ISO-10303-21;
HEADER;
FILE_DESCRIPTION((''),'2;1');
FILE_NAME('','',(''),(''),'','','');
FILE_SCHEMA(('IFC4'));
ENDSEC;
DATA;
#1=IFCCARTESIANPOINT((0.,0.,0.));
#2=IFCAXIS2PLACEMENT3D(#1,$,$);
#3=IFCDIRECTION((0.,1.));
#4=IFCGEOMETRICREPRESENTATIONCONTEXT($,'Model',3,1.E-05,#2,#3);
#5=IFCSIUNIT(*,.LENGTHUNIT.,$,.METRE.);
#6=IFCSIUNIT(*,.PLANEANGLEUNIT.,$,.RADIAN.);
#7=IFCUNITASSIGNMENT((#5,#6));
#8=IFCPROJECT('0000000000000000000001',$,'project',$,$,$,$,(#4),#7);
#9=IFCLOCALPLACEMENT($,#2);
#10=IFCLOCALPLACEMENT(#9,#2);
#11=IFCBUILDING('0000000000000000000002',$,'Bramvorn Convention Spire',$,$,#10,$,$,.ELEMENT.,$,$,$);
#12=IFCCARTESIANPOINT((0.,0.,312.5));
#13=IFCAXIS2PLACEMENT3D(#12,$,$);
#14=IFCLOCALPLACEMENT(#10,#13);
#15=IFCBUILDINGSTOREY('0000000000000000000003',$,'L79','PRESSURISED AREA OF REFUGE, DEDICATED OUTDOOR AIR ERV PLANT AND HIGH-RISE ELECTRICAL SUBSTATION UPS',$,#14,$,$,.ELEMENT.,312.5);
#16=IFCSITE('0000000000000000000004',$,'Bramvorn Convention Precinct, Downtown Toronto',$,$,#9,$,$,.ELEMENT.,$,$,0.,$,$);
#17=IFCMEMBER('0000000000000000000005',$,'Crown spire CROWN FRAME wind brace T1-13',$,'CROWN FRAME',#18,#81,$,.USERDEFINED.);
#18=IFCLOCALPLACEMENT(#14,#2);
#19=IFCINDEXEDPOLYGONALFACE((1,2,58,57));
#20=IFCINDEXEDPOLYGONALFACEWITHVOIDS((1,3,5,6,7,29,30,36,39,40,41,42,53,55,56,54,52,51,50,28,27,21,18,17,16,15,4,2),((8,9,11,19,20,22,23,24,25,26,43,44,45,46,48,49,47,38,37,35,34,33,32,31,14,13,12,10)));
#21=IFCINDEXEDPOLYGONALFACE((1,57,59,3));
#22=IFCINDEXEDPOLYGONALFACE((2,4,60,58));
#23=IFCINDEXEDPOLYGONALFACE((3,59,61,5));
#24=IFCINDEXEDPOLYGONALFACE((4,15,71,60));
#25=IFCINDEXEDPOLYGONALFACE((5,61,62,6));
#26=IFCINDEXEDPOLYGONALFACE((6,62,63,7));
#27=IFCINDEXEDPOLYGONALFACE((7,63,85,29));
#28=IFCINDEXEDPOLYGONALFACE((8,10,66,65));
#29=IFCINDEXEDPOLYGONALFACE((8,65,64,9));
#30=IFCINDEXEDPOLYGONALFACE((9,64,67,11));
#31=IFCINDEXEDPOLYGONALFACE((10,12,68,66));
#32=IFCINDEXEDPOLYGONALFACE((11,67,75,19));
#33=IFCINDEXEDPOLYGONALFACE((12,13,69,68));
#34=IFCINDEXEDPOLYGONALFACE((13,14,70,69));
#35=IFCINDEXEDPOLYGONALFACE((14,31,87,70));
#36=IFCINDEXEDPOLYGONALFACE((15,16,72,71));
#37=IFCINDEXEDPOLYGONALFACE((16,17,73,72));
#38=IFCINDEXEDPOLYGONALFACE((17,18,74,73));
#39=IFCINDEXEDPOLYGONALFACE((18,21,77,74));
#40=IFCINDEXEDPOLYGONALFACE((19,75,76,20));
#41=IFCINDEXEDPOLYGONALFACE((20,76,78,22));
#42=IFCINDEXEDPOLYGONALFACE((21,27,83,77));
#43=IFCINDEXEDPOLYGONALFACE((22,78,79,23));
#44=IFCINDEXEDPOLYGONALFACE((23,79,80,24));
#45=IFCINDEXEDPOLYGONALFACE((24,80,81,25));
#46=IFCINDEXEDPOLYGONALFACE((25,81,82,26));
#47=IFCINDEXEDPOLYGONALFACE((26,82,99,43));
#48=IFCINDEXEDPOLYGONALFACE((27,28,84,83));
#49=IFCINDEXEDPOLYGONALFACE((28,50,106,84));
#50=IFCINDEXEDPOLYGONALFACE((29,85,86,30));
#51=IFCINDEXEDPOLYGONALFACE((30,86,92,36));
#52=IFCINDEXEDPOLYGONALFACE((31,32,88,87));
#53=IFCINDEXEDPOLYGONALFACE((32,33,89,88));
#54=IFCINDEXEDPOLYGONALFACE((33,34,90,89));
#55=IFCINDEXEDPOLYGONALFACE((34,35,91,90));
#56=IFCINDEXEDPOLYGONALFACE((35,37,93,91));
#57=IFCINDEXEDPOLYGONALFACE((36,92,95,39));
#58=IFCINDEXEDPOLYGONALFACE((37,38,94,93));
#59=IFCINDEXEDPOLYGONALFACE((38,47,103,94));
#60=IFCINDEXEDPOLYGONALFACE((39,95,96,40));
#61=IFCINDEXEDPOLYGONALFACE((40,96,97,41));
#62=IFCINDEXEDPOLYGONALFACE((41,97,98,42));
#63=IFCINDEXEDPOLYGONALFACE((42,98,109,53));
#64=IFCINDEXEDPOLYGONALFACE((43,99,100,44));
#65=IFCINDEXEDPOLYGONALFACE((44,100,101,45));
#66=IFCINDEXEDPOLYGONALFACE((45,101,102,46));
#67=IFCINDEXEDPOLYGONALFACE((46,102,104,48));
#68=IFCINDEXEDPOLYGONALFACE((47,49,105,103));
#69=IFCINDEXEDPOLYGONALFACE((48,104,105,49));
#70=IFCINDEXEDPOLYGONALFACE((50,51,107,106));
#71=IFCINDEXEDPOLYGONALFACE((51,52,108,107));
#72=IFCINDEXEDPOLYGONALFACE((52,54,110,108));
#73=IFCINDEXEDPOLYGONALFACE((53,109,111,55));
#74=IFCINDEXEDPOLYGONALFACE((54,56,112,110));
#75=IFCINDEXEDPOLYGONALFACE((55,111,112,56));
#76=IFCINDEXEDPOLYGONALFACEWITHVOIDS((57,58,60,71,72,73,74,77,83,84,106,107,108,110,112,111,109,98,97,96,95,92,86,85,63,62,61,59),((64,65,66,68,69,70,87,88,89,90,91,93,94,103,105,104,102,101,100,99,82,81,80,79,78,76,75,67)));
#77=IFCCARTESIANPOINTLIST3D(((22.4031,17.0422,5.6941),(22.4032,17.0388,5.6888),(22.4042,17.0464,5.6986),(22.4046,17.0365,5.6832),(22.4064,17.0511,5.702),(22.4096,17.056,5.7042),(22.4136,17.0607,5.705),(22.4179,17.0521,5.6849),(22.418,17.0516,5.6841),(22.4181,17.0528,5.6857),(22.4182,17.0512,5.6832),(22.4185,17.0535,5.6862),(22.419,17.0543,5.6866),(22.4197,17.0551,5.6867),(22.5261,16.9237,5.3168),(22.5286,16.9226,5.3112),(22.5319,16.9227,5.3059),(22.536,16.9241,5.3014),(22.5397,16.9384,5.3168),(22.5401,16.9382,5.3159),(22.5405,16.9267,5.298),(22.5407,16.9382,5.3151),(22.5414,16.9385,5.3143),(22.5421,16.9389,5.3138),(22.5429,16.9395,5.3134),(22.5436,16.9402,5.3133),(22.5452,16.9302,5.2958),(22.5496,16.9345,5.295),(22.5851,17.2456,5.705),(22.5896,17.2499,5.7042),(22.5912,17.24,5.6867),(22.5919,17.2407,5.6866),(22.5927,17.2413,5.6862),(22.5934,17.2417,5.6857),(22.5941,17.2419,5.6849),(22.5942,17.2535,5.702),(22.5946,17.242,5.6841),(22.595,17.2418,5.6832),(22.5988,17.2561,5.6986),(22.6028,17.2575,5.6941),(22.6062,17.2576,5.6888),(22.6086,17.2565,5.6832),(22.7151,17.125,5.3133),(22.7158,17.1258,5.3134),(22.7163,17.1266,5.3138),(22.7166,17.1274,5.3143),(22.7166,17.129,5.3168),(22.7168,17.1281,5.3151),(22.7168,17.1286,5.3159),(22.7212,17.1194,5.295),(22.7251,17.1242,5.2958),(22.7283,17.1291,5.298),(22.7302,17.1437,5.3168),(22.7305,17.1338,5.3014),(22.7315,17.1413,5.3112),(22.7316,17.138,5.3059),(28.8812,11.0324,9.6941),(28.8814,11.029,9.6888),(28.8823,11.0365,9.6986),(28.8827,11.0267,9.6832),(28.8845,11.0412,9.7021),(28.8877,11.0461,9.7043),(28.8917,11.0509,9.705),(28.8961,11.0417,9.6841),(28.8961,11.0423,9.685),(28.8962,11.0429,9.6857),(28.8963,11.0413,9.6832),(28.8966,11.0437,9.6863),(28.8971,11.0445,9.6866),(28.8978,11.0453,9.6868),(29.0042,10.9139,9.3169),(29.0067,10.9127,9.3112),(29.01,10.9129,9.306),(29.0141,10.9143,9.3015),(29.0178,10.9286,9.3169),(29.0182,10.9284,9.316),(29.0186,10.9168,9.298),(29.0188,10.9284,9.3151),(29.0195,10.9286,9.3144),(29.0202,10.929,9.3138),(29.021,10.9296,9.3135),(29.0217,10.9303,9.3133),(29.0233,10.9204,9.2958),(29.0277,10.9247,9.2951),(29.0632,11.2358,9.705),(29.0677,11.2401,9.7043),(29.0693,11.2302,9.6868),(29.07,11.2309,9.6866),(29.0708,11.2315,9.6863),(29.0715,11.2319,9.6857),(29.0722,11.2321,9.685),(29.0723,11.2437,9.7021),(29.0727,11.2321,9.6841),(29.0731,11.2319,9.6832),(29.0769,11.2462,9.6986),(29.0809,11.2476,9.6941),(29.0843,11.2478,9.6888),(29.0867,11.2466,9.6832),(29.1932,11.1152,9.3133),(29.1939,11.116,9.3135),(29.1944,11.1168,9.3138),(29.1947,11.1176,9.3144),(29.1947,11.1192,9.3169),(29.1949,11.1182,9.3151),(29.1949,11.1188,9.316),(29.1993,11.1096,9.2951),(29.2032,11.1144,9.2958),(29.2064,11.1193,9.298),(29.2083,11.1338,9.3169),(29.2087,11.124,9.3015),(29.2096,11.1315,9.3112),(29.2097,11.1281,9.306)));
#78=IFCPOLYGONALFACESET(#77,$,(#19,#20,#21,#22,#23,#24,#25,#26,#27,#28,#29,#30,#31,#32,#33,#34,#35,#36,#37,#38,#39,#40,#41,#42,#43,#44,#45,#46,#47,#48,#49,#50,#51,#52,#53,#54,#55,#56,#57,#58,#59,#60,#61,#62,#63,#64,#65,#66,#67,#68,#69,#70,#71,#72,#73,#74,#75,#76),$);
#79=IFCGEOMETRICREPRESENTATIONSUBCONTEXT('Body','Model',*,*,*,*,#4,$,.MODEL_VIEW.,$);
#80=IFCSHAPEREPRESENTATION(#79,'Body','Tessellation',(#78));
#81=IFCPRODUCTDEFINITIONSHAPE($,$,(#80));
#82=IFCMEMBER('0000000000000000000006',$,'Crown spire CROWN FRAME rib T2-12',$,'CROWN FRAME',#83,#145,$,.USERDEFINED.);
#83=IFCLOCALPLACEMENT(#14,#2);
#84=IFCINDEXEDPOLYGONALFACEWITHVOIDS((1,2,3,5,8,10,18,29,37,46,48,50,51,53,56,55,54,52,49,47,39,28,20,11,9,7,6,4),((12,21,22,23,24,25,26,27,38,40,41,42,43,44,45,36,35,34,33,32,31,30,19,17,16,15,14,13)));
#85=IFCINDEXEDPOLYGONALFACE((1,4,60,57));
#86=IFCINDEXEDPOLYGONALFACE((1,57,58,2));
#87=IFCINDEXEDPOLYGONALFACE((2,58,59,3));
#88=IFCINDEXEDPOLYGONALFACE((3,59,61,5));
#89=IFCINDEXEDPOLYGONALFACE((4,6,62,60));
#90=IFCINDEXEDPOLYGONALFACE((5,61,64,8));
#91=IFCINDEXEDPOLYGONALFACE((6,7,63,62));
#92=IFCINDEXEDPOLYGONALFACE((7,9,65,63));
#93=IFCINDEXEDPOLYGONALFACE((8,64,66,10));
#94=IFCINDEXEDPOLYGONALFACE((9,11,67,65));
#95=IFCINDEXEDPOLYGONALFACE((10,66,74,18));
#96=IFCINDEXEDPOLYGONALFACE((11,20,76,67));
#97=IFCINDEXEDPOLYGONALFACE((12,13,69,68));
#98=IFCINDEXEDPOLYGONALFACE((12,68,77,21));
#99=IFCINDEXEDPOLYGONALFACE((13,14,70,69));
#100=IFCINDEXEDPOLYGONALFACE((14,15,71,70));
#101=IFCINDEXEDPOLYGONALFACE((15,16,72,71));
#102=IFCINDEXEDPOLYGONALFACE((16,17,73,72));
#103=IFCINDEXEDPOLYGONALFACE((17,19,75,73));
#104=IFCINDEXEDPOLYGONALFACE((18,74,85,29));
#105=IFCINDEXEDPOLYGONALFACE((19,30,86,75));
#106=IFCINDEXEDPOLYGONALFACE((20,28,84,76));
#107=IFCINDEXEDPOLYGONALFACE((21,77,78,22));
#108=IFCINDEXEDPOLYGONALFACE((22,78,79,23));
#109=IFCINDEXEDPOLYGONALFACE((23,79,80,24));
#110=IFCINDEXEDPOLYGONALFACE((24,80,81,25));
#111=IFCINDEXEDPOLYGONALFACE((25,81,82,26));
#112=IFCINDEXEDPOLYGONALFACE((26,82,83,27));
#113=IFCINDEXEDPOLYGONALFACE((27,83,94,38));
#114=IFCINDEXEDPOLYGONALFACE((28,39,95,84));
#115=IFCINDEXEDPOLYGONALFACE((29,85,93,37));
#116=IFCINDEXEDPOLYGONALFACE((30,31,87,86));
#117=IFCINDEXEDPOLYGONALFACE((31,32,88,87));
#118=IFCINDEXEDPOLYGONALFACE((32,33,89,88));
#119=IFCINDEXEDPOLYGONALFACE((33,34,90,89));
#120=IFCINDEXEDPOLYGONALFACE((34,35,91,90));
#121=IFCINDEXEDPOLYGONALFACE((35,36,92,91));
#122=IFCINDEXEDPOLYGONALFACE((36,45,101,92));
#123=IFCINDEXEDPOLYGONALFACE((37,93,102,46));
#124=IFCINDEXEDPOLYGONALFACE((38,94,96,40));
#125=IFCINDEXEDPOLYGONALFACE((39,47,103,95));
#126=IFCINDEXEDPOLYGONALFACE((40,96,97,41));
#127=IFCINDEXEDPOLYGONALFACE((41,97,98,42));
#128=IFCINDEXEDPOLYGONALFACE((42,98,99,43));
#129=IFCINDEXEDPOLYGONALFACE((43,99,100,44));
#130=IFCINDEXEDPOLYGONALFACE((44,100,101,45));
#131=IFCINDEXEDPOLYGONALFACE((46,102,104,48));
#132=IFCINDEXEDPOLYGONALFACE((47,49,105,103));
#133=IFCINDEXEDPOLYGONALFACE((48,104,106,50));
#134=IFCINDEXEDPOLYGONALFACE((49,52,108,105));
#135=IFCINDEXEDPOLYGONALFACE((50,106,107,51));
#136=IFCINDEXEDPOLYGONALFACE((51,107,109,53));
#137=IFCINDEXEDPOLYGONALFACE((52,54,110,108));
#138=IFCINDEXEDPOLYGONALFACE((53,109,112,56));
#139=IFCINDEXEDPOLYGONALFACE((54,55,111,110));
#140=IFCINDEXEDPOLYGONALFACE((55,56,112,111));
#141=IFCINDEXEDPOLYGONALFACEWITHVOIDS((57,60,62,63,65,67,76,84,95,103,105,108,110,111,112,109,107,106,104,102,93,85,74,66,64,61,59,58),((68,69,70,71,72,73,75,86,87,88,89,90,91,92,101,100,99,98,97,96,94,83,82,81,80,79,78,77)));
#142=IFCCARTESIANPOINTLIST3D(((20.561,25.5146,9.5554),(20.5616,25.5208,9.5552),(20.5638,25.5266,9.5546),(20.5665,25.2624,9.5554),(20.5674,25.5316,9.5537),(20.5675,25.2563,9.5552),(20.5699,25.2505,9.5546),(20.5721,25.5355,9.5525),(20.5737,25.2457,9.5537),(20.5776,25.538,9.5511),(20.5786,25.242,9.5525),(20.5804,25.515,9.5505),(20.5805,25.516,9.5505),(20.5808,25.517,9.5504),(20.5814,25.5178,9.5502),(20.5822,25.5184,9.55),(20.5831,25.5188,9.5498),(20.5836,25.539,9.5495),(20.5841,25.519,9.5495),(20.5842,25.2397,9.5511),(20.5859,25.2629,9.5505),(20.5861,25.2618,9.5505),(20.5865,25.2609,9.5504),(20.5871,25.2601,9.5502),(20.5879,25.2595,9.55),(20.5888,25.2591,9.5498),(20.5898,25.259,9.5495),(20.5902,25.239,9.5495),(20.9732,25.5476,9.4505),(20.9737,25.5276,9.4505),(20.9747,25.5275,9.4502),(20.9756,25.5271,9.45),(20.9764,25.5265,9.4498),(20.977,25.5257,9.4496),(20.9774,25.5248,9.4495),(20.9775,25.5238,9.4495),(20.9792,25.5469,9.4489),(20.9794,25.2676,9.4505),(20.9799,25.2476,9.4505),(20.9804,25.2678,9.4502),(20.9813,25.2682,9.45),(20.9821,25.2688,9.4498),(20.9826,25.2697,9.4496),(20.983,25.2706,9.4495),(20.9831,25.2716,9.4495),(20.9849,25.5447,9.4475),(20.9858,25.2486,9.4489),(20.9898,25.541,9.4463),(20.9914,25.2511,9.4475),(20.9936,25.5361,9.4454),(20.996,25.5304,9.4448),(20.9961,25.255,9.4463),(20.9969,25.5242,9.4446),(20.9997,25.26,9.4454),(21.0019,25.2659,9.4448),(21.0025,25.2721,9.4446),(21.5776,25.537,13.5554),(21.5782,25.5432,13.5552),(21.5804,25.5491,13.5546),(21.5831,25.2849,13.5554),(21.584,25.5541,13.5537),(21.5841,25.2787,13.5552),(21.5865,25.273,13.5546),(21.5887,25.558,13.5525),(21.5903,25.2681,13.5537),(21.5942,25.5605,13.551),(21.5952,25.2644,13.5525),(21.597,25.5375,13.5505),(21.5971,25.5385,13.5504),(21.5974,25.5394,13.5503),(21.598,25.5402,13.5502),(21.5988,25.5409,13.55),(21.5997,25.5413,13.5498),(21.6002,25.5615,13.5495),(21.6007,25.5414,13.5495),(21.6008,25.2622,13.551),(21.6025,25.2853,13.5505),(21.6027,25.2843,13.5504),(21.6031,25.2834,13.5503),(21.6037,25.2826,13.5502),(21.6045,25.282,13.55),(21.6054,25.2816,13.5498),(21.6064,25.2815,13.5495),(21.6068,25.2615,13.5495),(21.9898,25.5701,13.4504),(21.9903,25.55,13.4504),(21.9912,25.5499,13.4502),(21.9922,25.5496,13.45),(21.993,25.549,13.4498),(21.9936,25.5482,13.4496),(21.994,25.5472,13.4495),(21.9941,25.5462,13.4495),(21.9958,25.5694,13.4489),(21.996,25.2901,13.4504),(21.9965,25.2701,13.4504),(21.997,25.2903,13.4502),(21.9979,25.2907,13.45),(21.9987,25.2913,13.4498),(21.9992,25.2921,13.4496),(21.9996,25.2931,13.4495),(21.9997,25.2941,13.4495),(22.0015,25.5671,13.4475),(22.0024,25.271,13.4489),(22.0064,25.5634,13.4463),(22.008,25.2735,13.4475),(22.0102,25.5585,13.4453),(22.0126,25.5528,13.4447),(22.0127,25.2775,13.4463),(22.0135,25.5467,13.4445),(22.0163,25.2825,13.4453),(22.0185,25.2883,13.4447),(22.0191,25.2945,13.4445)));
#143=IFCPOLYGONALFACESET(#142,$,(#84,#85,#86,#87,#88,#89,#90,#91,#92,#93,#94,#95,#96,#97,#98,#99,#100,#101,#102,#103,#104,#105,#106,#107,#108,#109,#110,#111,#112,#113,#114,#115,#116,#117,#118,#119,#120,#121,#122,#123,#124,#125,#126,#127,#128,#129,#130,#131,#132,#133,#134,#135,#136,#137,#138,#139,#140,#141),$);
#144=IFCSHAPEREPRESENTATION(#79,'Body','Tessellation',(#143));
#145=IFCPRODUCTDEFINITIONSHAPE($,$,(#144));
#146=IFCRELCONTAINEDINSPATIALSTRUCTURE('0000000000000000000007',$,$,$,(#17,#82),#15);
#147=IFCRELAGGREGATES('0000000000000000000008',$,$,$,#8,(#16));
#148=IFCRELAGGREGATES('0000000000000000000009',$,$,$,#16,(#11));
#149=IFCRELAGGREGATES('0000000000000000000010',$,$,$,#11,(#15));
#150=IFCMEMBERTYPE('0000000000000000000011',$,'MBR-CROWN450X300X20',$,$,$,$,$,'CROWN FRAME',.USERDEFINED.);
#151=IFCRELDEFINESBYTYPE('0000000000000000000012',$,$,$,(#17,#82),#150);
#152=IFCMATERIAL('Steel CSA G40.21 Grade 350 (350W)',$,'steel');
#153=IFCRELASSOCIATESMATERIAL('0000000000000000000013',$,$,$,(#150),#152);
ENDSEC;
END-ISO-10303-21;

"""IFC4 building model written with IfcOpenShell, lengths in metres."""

from ifc_helpers import new_model, si_unit, direction, frame, origin, origin_2d, place, context, subcontext, project, spatial, hollow_rectangle, extrude, material, material_profile, profile_set, type_object, element, save


model = new_model("IFC4")

# Units and contexts
model_context = context("Model", 3, precision=1e-05, world=origin(), true_north=direction((0.0, 1.0)))
body_context = subcontext(model_context, "Body", "Model", "MODEL_VIEW")
ifc_project = project(units=[si_unit("LENGTHUNIT", "METRE"), si_unit("PLANEANGLEUNIT", "RADIAN")], contexts=[model_context])

# Site, building, storey
site_placement = place(None, origin())
site = spatial("IfcSite", under=ifc_project, at=site_placement, Name="Bramvorn Convention Precinct, Downtown Toronto", CompositionType="ELEMENT", RefElevation=0.0)
building_placement = place(site_placement, origin())
building = spatial("IfcBuilding", under=site, at=building_placement, Name="Bramvorn Convention Spire", CompositionType="ELEMENT")
storey_placement = place(building_placement, frame((0.0, 0.0, 312.5)))
storey = spatial("IfcBuildingStorey", under=building, at=storey_placement, Name="L79", Description="PRESSURISED AREA OF REFUGE, DEDICATED OUTDOOR AIR ERV PLANT AND HIGH-RISE ELECTRICAL SUBSTATION UPS", CompositionType="ELEMENT", Elevation=312.5)

# Shared definitions
ifc_material_1 = material(Name="Steel CSA G40.21 Grade 350 (350W)", Category="steel")

# Members
ifc_material_profile_1 = material_profile(ifc_material_1, hollow_rectangle(XDim=0.3, YDim=0.45, WallThickness=0.02, InnerFilletRadius=0.0039, OuterFilletRadius=0.0239, at=origin_2d()))
ifc_profile_set_1 = profile_set([ifc_material_profile_1], Name="Steel CSA G40.21 Grade 350 (350W) - CROWN450X300X20")
member_type_1 = type_object("IfcMemberType", Name="MBR-CROWN450X300X20", ElementType="CROWN FRAME", PredefinedType="USERDEFINED", material=ifc_profile_set_1)
member_1_placement = place(storey_placement, frame((22.5674, 17.0901, 5.5), z_axis=(0.667866, -0.619589, 0.412388), x_axis=(0.680114, 0.733106, 0.0)))
element("IfcMember", 1, at=member_1_placement, inside=storey, type_object=member_type_1, Name="Crown spire CROWN FRAME wind brace T1-13", ObjectType="CROWN FRAME", PredefinedType="USERDEFINED", context=body_context, shape_type="SweptSolid", body=[
    extrude(hollow_rectangle(XDim=0.3, YDim=0.45, WallThickness=0.02, InnerFilletRadius=0.0039, OuterFilletRadius=0.0239, at=origin_2d()), origin(), (0.0, 0.0, 1.0), 9.6997),
])
member_2_placement = place(storey_placement, frame((20.7817, 25.3933, 9.5), z_axis=(0.246316, 0.005442, 0.969174), x_axis=(-0.022089, 0.999756, 0.0)))
element("IfcMember", 2, at=member_2_placement, inside=storey, type_object=member_type_1, Name="Crown spire CROWN FRAME rib T2-12", ObjectType="CROWN FRAME", PredefinedType="USERDEFINED", context=body_context, shape_type="SweptSolid", body=[
    extrude(hollow_rectangle(XDim=0.3, YDim=0.45, WallThickness=0.02, InnerFilletRadius=0.0039, OuterFilletRadius=0.0239, at=origin_2d()), origin(), (0.0, 0.0, 1.0), 4.1272),
])

save(model, "model.ifc")
